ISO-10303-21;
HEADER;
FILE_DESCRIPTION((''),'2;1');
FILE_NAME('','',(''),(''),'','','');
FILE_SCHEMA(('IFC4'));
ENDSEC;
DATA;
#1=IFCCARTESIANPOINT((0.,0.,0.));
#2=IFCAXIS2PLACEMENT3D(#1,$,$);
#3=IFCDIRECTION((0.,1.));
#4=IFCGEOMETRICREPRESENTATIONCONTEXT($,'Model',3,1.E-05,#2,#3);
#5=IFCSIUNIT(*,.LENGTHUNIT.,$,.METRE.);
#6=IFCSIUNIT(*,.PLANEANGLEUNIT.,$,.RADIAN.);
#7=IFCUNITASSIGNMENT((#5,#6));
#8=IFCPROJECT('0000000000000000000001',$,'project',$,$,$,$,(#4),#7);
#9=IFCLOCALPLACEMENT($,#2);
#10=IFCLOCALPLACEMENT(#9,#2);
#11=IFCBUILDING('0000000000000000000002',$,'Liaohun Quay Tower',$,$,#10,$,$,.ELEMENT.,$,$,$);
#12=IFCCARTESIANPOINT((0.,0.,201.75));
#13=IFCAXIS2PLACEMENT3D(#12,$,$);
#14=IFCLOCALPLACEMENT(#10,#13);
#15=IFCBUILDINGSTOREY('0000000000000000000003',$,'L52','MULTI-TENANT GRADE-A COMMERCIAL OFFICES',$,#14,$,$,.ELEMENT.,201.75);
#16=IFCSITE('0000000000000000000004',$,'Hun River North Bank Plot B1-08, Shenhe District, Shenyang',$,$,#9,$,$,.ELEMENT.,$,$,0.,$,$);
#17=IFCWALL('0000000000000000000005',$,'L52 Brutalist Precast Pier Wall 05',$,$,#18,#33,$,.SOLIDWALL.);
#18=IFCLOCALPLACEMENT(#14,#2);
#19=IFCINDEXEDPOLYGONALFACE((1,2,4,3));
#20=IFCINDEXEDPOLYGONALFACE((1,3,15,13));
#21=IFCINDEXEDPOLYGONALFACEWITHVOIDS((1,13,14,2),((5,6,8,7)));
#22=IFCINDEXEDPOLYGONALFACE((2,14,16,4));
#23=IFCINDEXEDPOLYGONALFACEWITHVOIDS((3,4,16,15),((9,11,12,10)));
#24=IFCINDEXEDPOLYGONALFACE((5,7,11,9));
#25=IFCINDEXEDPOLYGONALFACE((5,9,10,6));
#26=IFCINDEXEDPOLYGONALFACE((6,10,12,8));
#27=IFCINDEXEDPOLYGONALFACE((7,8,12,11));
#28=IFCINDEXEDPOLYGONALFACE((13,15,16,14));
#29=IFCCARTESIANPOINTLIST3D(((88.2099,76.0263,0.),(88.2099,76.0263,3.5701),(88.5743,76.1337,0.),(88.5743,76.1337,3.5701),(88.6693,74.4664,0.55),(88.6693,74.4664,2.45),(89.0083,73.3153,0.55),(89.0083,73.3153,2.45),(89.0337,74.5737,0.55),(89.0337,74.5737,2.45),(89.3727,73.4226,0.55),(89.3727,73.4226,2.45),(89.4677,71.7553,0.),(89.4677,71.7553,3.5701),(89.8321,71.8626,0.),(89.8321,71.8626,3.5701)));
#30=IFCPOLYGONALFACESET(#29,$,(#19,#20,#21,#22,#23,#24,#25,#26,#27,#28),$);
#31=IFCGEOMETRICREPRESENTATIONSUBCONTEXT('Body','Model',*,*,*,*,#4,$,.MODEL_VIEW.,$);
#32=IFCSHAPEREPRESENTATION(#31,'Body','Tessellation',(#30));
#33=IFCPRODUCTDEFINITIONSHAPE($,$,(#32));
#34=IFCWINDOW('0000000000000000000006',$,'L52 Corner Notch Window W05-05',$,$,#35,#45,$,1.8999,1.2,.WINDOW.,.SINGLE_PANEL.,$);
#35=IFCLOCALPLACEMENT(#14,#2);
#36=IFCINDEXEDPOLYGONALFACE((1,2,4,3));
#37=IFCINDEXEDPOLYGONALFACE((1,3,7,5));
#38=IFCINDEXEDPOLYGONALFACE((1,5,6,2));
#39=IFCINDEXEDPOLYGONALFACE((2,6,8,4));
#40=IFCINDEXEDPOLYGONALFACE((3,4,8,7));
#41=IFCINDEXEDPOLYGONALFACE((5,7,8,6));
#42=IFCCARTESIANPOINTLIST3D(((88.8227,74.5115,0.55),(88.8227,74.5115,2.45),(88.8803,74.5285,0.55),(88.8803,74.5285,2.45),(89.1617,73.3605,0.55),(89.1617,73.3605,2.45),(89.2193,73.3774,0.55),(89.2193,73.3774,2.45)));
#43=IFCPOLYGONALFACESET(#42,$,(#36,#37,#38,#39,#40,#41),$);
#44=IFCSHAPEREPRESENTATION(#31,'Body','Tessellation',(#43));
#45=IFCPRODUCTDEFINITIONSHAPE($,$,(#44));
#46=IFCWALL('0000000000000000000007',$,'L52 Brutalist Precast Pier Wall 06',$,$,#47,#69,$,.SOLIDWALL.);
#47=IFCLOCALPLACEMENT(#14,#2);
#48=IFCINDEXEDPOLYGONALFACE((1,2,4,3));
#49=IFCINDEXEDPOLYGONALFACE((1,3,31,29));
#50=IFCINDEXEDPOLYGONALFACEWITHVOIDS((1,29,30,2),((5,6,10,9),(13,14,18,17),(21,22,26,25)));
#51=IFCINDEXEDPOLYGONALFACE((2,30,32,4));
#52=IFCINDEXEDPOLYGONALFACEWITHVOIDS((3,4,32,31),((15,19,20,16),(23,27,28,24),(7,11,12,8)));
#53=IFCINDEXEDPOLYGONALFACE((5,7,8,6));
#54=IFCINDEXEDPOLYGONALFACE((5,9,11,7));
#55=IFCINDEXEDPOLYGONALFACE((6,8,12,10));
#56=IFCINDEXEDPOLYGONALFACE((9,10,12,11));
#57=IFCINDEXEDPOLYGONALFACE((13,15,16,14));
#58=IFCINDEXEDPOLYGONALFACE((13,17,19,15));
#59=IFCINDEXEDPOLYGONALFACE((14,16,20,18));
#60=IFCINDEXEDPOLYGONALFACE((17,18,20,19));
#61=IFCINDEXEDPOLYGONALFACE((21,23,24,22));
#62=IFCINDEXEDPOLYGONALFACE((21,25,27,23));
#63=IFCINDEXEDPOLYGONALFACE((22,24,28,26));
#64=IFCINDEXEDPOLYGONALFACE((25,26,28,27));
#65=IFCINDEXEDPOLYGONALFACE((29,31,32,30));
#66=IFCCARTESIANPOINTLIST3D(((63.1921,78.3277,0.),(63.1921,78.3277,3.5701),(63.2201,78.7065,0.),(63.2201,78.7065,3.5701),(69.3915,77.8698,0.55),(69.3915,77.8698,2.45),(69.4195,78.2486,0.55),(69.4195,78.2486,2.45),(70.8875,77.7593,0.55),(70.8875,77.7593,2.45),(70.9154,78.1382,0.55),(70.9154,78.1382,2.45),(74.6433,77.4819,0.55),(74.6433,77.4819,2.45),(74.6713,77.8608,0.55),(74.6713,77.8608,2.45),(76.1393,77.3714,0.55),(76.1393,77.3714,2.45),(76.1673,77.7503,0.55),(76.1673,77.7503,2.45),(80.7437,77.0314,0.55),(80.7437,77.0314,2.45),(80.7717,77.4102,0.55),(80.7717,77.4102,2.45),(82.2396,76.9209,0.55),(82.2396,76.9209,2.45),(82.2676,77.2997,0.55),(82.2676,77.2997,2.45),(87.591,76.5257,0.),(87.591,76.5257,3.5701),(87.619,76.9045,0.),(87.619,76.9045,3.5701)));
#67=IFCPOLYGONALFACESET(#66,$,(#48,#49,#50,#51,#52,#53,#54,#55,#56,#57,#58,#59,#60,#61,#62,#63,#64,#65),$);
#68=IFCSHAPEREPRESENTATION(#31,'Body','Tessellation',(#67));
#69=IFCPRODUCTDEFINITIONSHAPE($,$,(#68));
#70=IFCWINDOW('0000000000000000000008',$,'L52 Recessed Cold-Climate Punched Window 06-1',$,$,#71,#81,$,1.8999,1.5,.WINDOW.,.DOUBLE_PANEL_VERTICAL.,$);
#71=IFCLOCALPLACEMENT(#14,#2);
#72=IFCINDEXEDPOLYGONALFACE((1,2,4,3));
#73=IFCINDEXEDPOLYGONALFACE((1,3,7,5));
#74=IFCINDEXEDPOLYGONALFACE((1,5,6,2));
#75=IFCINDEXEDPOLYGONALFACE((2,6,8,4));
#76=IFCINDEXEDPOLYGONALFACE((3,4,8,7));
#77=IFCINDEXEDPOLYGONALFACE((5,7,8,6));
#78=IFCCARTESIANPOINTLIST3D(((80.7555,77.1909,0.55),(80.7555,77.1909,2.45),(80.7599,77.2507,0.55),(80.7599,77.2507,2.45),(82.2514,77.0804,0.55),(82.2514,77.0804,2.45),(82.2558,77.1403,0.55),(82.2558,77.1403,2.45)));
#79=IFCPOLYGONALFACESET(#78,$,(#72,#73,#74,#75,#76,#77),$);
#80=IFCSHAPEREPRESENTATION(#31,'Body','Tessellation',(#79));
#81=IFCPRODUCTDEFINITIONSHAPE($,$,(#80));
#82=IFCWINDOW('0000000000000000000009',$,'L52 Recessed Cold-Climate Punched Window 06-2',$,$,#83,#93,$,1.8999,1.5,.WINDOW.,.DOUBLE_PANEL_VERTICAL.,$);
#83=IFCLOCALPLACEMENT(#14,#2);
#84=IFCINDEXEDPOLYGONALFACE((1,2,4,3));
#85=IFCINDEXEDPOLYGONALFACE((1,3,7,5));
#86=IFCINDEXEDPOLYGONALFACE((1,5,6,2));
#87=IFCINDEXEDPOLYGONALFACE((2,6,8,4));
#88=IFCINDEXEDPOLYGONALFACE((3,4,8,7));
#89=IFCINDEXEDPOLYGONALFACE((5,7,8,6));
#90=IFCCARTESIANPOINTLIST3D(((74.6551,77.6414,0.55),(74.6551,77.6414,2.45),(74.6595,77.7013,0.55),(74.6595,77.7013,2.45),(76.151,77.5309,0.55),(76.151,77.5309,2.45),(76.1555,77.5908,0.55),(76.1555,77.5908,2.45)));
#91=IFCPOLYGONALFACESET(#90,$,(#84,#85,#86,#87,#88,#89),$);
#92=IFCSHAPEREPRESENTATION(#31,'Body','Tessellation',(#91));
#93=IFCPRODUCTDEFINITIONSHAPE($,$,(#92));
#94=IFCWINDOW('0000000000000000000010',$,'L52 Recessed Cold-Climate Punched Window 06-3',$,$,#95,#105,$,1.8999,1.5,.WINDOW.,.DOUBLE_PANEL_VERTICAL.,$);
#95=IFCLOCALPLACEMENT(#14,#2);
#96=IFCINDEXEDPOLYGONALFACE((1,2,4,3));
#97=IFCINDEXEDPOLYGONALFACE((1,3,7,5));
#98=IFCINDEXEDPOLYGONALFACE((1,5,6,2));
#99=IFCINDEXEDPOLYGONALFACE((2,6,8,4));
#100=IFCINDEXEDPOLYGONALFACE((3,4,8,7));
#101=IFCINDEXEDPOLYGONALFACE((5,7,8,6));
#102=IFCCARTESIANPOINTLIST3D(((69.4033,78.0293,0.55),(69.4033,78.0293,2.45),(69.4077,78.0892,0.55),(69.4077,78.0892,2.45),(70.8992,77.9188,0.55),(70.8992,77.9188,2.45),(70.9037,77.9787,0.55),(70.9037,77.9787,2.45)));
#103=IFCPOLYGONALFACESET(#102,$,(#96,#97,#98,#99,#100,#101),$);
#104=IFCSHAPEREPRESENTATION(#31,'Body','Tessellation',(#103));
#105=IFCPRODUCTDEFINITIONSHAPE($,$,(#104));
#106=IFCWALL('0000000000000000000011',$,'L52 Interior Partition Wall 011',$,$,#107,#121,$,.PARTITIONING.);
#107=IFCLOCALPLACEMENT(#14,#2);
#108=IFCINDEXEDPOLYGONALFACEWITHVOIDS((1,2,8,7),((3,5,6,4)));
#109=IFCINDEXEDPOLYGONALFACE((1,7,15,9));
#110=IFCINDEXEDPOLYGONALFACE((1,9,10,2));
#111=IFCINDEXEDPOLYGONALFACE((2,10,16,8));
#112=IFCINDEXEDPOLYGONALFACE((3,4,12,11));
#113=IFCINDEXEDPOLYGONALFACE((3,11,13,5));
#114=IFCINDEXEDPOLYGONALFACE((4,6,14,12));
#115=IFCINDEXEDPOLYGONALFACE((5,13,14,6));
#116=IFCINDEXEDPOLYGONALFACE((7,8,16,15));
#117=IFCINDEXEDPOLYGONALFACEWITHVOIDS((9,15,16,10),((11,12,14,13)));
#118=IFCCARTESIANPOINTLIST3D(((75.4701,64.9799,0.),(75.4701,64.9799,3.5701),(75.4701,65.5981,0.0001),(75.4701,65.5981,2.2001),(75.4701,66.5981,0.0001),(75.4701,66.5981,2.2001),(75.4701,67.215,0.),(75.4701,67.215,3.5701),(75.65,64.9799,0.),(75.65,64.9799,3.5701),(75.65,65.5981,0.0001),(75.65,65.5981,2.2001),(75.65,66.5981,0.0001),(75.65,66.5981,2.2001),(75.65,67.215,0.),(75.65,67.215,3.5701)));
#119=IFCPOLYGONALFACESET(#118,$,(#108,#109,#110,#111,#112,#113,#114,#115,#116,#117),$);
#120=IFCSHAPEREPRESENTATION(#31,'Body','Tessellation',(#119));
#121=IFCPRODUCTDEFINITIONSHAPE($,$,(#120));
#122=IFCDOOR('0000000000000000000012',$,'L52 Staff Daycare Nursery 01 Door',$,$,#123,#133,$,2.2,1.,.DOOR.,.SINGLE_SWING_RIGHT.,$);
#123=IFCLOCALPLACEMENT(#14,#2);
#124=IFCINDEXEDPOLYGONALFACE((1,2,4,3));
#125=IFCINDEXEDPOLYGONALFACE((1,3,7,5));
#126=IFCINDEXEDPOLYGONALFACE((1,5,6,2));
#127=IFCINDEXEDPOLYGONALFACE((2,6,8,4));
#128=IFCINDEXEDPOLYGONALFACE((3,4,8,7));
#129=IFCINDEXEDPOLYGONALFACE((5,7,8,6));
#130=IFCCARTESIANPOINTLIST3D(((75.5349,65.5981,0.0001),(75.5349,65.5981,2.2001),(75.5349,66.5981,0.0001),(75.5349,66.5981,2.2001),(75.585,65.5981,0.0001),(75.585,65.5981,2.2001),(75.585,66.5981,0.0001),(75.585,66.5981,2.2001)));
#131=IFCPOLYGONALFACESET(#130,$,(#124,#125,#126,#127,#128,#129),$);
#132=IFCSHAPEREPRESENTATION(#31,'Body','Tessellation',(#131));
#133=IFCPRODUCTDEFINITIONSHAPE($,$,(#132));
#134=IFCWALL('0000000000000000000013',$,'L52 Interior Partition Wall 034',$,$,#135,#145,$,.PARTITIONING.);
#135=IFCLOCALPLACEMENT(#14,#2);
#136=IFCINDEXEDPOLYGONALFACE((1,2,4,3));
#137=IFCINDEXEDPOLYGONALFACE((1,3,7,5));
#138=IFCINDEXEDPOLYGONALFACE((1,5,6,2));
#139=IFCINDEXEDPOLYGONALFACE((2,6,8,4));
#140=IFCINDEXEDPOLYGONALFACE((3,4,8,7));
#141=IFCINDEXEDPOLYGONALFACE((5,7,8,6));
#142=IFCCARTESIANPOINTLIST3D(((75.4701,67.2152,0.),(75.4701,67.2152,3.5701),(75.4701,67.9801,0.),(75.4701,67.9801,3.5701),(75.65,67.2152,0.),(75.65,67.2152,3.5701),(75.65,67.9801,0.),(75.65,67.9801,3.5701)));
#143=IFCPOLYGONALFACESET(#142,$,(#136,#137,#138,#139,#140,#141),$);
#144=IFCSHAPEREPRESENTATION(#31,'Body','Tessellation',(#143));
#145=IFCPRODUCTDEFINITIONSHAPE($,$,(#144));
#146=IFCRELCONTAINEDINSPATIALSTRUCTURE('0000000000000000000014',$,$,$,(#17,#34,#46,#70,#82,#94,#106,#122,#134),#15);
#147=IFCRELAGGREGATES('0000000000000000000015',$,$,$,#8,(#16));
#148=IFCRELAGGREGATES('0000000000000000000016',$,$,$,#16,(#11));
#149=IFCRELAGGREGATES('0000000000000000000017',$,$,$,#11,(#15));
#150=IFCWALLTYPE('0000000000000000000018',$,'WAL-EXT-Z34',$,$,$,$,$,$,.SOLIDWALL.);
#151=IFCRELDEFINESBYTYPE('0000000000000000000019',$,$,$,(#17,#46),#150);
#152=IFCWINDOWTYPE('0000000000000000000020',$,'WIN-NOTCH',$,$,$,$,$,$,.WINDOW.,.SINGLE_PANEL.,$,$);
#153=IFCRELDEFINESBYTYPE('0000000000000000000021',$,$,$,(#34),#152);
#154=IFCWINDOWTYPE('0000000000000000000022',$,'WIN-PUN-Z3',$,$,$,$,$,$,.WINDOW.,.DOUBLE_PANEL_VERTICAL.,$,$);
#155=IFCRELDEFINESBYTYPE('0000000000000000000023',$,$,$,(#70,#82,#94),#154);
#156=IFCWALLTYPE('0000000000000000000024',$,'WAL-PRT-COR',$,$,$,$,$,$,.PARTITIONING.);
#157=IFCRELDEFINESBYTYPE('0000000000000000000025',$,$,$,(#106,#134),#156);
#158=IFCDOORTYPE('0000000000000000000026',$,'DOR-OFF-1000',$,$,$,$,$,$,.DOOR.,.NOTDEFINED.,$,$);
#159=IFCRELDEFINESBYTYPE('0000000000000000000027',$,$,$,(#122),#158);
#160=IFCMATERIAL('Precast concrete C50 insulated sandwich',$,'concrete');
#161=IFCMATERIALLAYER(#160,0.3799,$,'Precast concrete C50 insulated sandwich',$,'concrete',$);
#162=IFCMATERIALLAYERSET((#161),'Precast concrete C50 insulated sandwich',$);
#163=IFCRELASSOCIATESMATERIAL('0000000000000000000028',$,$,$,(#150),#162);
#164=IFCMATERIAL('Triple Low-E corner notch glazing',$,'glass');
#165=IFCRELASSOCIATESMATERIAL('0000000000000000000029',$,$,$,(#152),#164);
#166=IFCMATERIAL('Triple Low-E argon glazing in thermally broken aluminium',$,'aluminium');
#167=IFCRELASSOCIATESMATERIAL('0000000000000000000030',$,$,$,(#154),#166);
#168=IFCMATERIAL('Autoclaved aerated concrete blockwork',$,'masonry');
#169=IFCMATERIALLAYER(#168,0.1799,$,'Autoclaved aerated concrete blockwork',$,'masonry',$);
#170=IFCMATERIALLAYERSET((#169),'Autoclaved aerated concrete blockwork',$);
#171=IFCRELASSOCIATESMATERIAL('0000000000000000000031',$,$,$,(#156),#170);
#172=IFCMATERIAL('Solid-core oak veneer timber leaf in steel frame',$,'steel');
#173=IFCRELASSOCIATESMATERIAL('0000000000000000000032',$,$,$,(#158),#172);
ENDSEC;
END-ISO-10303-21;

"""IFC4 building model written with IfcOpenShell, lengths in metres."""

from ifc_helpers import new_model, si_unit, direction, frame, frame_2d, origin, place, context, subcontext, project, spatial, rectangle, extrude, source, transform, mapped, material, layer, layer_set, type_object, element, fill, save


model = new_model("IFC4")

# Units and contexts
model_context = context("Model", 3, precision=1e-05, world=origin(), true_north=direction((0.0, 1.0)))
body_context = subcontext(model_context, "Body", "Model", "MODEL_VIEW")
ifc_project = project(units=[si_unit("LENGTHUNIT", "METRE"), si_unit("PLANEANGLEUNIT", "RADIAN")], contexts=[model_context])

# Site, building, storey
site_placement = place(None, origin())
site = spatial("IfcSite", under=ifc_project, at=site_placement, Name="Hun River North Bank Plot B1-08, Shenhe District, Shenyang", CompositionType="ELEMENT", RefElevation=0.0)
building_placement = place(site_placement, origin())
building = spatial("IfcBuilding", under=site, at=building_placement, Name="Liaohun Quay Tower", CompositionType="ELEMENT")
storey_placement = place(building_placement, frame((0.0, 0.0, 201.75)))
storey = spatial("IfcBuildingStorey", under=building, at=storey_placement, Name="L52", Description="MULTI-TENANT GRADE-A COMMERCIAL OFFICES", CompositionType="ELEMENT", Elevation=201.75)

# Wall, opening, window
ifc_material_1 = material(Name="Precast concrete C50 insulated sandwich", Category="concrete")
ifc_layer_1 = layer(ifc_material_1, 0.3799, Name="Precast concrete C50 insulated sandwich", Category="concrete")
ifc_layer_set_1 = layer_set([ifc_layer_1], Name="Precast concrete C50 insulated sandwich")
wall_type_1 = type_object("IfcWallType", Name="WAL-EXT-Z34", PredefinedType="SOLIDWALL", material=ifc_layer_set_1)
shared_shape_1 = source(origin(), body_context, "Body", "SweptSolid", [
    extrude(rectangle(XDim=1.2, YDim=1.8999, at=frame_2d((0.6001, 0.95))), frame((0.0, 0.2, 0.0), z_axis=(0.0, -1.0, 0.0), x_axis=(1.0, 0.0, 0.0)), (0.0, 0.0, 1.0), 0.3999),
])
ifc_material_2 = material(Name="Triple Low-E corner notch glazing", Category="glass")
window_type_1 = type_object("IfcWindowType", Name="WIN-NOTCH", PartitioningType="SINGLE_PANEL", PredefinedType="WINDOW", material=ifc_material_2)
shared_shape_2 = source(origin(), body_context, "Body", "SweptSolid", [
    extrude(rectangle(XDim=1.2, YDim=1.8999, at=frame_2d((0.6001, 0.95))), frame((0.0, 0.03, 0.0), z_axis=(0.0, -1.0, 0.0), x_axis=(1.0, 0.0, 0.0)), (0.0, 0.0, 1.0), 0.0601),
])
wall_1_placement = place(storey_placement, frame((89.6499, 71.8091, 0.0), z_axis=(0.0, 0.0, 1.0), x_axis=(-0.282505, 0.959266, 0.0)))
wall_1 = element("IfcWall", 1, at=wall_1_placement, inside=storey, type_object=wall_type_1, Name="L52 Brutalist Precast Pier Wall 05", PredefinedType="SOLIDWALL", context=body_context, shape_type="SweptSolid", body=[
    extrude(rectangle(XDim=4.4524, YDim=0.3799, at=frame_2d((2.2261, 0.0))), origin(), (0.0, 0.0, 1.0), 3.5701),
])
opening_1_placement = place(wall_1_placement, frame((1.626, 0.0, 0.55)))
opening_1 = element("IfcOpeningElement", 2, at=opening_1_placement, cuts=wall_1, PredefinedType="OPENING", context=body_context, shape_type="MappedRepresentation", body=[
    mapped(shared_shape_1, transform((0.0, 0.0, 0.0), x_axis=(1.0, 0.0, 0.0), y_axis=(0.0, 1.0, 0.0), z_axis=(0.0, 0.0, 1.0), scale=1.0)),
])
window_1_placement = place(opening_1_placement, origin())
window_1 = element("IfcWindow", 3, at=window_1_placement, inside=storey, type_object=window_type_1, Name="L52 Corner Notch Window W05-05", OverallHeight=1.8999, OverallWidth=1.2, PartitioningType="SINGLE_PANEL", PredefinedType="WINDOW", context=body_context, shape_type="MappedRepresentation", body=[
    mapped(shared_shape_2, transform((0.0, 0.0, 0.0), x_axis=(1.0, 0.0, 0.0), y_axis=(0.0, 1.0, 0.0), z_axis=(0.0, 0.0, 1.0), scale=1.0)),
])
fill(opening_1, window_1)

# Wall, openings, windows
wall_2_placement = place(storey_placement, frame((87.605, 76.7151, 0.0), z_axis=(0.0, 0.0, 1.0), x_axis=(-0.997284, 0.073655, 0.0)))
wall_2 = element("IfcWall", 4, at=wall_2_placement, inside=storey, type_object=wall_type_1, Name="L52 Brutalist Precast Pier Wall 06", PredefinedType="SOLIDWALL", context=body_context, shape_type="SweptSolid", body=[
    extrude(rectangle(XDim=24.4653, YDim=0.3799, at=frame_2d((12.2327, 0.0))), origin(), (0.0, 0.0, 1.0), 3.5701),
])
shared_shape_3 = source(origin(), body_context, "Body", "SweptSolid", [
    extrude(rectangle(XDim=1.5, YDim=1.8999, at=frame_2d((0.75, 0.95))), frame((0.0, 0.2, 0.0), z_axis=(0.0, -1.0, 0.0), x_axis=(1.0, 0.0, 0.0)), (0.0, 0.0, 1.0), 0.3999),
])
opening_2_placement = place(wall_2_placement, frame((5.366, 0.0, 0.55)))
opening_2 = element("IfcOpeningElement", 5, at=opening_2_placement, cuts=wall_2, PredefinedType="OPENING", context=body_context, shape_type="MappedRepresentation", body=[
    mapped(shared_shape_3, transform((0.0, 0.0, 0.0), x_axis=(1.0, 0.0, 0.0), y_axis=(0.0, 1.0, 0.0), z_axis=(0.0, 0.0, 1.0), scale=1.0)),
])
opening_3_placement = place(wall_2_placement, frame((11.4829, 0.0, 0.55)))
opening_3 = element("IfcOpeningElement", 6, at=opening_3_placement, cuts=wall_2, PredefinedType="OPENING", context=body_context, shape_type="MappedRepresentation", body=[
    mapped(shared_shape_3, transform((0.0, 0.0, 0.0), x_axis=(1.0, 0.0, 0.0), y_axis=(0.0, 1.0, 0.0), z_axis=(0.0, 0.0, 1.0), scale=1.0)),
])
opening_4_placement = place(wall_2_placement, frame((16.749, 0.0, 0.55)))
opening_4 = element("IfcOpeningElement", 7, at=opening_4_placement, cuts=wall_2, PredefinedType="OPENING", context=body_context, shape_type="MappedRepresentation", body=[
    mapped(shared_shape_3, transform((0.0, 0.0, 0.0), x_axis=(1.0, 0.0, 0.0), y_axis=(0.0, 1.0, 0.0), z_axis=(0.0, 0.0, 1.0), scale=1.0)),
])
ifc_material_3 = material(Name="Triple Low-E argon glazing in thermally broken aluminium", Category="aluminium")
window_type_2 = type_object("IfcWindowType", Name="WIN-PUN-Z3", PartitioningType="DOUBLE_PANEL_VERTICAL", PredefinedType="WINDOW", material=ifc_material_3)
shared_shape_4 = source(origin(), body_context, "Body", "SweptSolid", [
    extrude(rectangle(XDim=1.5, YDim=1.8999, at=frame_2d((0.75, 0.95))), frame((0.0, 0.03, 0.0), z_axis=(0.0, -1.0, 0.0), x_axis=(1.0, 0.0, 0.0)), (0.0, 0.0, 1.0), 0.0601),
])
window_2_placement = place(opening_2_placement, origin())
window_2 = element("IfcWindow", 8, at=window_2_placement, inside=storey, type_object=window_type_2, Name="L52 Recessed Cold-Climate Punched Window 06-1", OverallHeight=1.8999, OverallWidth=1.5, PartitioningType="DOUBLE_PANEL_VERTICAL", PredefinedType="WINDOW", context=body_context, shape_type="MappedRepresentation", body=[
    mapped(shared_shape_4, transform((0.0, 0.0, 0.0), x_axis=(1.0, 0.0, 0.0), y_axis=(0.0, 1.0, 0.0), z_axis=(0.0, 0.0, 1.0), scale=1.0)),
])
fill(opening_2, window_2)
window_3_placement = place(opening_3_placement, origin())
window_3 = element("IfcWindow", 9, at=window_3_placement, inside=storey, type_object=window_type_2, Name="L52 Recessed Cold-Climate Punched Window 06-2", OverallHeight=1.8999, OverallWidth=1.5, PartitioningType="DOUBLE_PANEL_VERTICAL", PredefinedType="WINDOW", context=body_context, shape_type="MappedRepresentation", body=[
    mapped(shared_shape_4, transform((0.0, 0.0, 0.0), x_axis=(1.0, 0.0, 0.0), y_axis=(0.0, 1.0, 0.0), z_axis=(0.0, 0.0, 1.0), scale=1.0)),
])
fill(opening_3, window_3)
window_4_placement = place(opening_4_placement, origin())
window_4 = element("IfcWindow", 10, at=window_4_placement, inside=storey, type_object=window_type_2, Name="L52 Recessed Cold-Climate Punched Window 06-3", OverallHeight=1.8999, OverallWidth=1.5, PartitioningType="DOUBLE_PANEL_VERTICAL", PredefinedType="WINDOW", context=body_context, shape_type="MappedRepresentation", body=[
    mapped(shared_shape_4, transform((0.0, 0.0, 0.0), x_axis=(1.0, 0.0, 0.0), y_axis=(0.0, 1.0, 0.0), z_axis=(0.0, 0.0, 1.0), scale=1.0)),
])
fill(opening_4, window_4)

# Wall, opening, door
ifc_material_4 = material(Name="Autoclaved aerated concrete blockwork", Category="masonry")
ifc_layer_2 = layer(ifc_material_4, 0.1799, Name="Autoclaved aerated concrete blockwork", Category="masonry")
ifc_layer_set_2 = layer_set([ifc_layer_2], Name="Autoclaved aerated concrete blockwork")
wall_type_2 = type_object("IfcWallType", Name="WAL-PRT-COR", PredefinedType="PARTITIONING", material=ifc_layer_set_2)
wall_3_placement = place(storey_placement, frame((75.5601, 67.2151, 0.0), z_axis=(0.0, 0.0, 1.0), x_axis=(0.0, -1.0, 0.0)))
wall_3 = element("IfcWall", 11, at=wall_3_placement, inside=storey, type_object=wall_type_2, Name="L52 Interior Partition Wall 011", PredefinedType="PARTITIONING", context=body_context, shape_type="SweptSolid", body=[
    extrude(rectangle(XDim=2.2351, YDim=0.1799, at=frame_2d((1.1177, 0.0))), origin(), (0.0, 0.0, 1.0), 3.5701),
])
shared_shape_5 = source(origin(), body_context, "Body", "SweptSolid", [
    extrude(rectangle(XDim=1.0, YDim=2.2, at=frame_2d((0.5, 1.1001))), frame((0.0, 0.0999, 0.0), z_axis=(0.0, -1.0, 0.0), x_axis=(1.0, 0.0, 0.0)), (0.0, 0.0, 1.0), 0.2),
])
opening_5_placement = place(wall_3_placement, frame((0.6169, 0.0, 0.0)))
opening_5 = element("IfcOpeningElement", 12, at=opening_5_placement, cuts=wall_3, PredefinedType="OPENING", context=body_context, shape_type="MappedRepresentation", body=[
    mapped(shared_shape_5, transform((0.0, 0.0, 0.0), x_axis=(1.0, 0.0, 0.0), y_axis=(0.0, 1.0, 0.0), z_axis=(0.0, 0.0, 1.0), scale=1.0)),
])
ifc_material_5 = material(Name="Solid-core oak veneer timber leaf in steel frame", Category="steel")
door_type = type_object("IfcDoorType", Name="DOR-OFF-1000", OperationType="NOTDEFINED", PredefinedType="DOOR", material=ifc_material_5)
shared_shape_6 = source(origin(), body_context, "Body", "SweptSolid", [
    extrude(rectangle(XDim=1.0, YDim=2.2, at=frame_2d((0.5, 1.1001))), frame((0.0, 0.0249, 0.0), z_axis=(0.0, -1.0, 0.0), x_axis=(1.0, 0.0, 0.0)), (0.0, 0.0, 1.0), 0.05),
])
door_placement = place(opening_5_placement, origin())
door = element("IfcDoor", 13, at=door_placement, inside=storey, type_object=door_type, Name="L52 Staff Daycare Nursery 01 Door", OperationType="SINGLE_SWING_RIGHT", OverallHeight=2.2, OverallWidth=1.0, PredefinedType="DOOR", context=body_context, shape_type="MappedRepresentation", body=[
    mapped(shared_shape_6, transform((0.0, 0.0, 0.0), x_axis=(1.0, 0.0, 0.0), y_axis=(0.0, 1.0, 0.0), z_axis=(0.0, 0.0, 1.0), scale=1.0)),
])
fill(opening_5, door)

# Wall
wall_4_placement = place(storey_placement, frame((75.5601, 67.98, 0.0), z_axis=(0.0, 0.0, 1.0), x_axis=(0.0, -1.0, 0.0)))
element("IfcWall", 14, at=wall_4_placement, inside=storey, type_object=wall_type_2, Name="L52 Interior Partition Wall 034", PredefinedType="PARTITIONING", context=body_context, shape_type="SweptSolid", body=[
    extrude(rectangle(XDim=0.7649, YDim=0.1799, at=frame_2d((0.3823, 0.0))), origin(), (0.0, 0.0, 1.0), 3.5701),
])

save(model, "model.ifc")
